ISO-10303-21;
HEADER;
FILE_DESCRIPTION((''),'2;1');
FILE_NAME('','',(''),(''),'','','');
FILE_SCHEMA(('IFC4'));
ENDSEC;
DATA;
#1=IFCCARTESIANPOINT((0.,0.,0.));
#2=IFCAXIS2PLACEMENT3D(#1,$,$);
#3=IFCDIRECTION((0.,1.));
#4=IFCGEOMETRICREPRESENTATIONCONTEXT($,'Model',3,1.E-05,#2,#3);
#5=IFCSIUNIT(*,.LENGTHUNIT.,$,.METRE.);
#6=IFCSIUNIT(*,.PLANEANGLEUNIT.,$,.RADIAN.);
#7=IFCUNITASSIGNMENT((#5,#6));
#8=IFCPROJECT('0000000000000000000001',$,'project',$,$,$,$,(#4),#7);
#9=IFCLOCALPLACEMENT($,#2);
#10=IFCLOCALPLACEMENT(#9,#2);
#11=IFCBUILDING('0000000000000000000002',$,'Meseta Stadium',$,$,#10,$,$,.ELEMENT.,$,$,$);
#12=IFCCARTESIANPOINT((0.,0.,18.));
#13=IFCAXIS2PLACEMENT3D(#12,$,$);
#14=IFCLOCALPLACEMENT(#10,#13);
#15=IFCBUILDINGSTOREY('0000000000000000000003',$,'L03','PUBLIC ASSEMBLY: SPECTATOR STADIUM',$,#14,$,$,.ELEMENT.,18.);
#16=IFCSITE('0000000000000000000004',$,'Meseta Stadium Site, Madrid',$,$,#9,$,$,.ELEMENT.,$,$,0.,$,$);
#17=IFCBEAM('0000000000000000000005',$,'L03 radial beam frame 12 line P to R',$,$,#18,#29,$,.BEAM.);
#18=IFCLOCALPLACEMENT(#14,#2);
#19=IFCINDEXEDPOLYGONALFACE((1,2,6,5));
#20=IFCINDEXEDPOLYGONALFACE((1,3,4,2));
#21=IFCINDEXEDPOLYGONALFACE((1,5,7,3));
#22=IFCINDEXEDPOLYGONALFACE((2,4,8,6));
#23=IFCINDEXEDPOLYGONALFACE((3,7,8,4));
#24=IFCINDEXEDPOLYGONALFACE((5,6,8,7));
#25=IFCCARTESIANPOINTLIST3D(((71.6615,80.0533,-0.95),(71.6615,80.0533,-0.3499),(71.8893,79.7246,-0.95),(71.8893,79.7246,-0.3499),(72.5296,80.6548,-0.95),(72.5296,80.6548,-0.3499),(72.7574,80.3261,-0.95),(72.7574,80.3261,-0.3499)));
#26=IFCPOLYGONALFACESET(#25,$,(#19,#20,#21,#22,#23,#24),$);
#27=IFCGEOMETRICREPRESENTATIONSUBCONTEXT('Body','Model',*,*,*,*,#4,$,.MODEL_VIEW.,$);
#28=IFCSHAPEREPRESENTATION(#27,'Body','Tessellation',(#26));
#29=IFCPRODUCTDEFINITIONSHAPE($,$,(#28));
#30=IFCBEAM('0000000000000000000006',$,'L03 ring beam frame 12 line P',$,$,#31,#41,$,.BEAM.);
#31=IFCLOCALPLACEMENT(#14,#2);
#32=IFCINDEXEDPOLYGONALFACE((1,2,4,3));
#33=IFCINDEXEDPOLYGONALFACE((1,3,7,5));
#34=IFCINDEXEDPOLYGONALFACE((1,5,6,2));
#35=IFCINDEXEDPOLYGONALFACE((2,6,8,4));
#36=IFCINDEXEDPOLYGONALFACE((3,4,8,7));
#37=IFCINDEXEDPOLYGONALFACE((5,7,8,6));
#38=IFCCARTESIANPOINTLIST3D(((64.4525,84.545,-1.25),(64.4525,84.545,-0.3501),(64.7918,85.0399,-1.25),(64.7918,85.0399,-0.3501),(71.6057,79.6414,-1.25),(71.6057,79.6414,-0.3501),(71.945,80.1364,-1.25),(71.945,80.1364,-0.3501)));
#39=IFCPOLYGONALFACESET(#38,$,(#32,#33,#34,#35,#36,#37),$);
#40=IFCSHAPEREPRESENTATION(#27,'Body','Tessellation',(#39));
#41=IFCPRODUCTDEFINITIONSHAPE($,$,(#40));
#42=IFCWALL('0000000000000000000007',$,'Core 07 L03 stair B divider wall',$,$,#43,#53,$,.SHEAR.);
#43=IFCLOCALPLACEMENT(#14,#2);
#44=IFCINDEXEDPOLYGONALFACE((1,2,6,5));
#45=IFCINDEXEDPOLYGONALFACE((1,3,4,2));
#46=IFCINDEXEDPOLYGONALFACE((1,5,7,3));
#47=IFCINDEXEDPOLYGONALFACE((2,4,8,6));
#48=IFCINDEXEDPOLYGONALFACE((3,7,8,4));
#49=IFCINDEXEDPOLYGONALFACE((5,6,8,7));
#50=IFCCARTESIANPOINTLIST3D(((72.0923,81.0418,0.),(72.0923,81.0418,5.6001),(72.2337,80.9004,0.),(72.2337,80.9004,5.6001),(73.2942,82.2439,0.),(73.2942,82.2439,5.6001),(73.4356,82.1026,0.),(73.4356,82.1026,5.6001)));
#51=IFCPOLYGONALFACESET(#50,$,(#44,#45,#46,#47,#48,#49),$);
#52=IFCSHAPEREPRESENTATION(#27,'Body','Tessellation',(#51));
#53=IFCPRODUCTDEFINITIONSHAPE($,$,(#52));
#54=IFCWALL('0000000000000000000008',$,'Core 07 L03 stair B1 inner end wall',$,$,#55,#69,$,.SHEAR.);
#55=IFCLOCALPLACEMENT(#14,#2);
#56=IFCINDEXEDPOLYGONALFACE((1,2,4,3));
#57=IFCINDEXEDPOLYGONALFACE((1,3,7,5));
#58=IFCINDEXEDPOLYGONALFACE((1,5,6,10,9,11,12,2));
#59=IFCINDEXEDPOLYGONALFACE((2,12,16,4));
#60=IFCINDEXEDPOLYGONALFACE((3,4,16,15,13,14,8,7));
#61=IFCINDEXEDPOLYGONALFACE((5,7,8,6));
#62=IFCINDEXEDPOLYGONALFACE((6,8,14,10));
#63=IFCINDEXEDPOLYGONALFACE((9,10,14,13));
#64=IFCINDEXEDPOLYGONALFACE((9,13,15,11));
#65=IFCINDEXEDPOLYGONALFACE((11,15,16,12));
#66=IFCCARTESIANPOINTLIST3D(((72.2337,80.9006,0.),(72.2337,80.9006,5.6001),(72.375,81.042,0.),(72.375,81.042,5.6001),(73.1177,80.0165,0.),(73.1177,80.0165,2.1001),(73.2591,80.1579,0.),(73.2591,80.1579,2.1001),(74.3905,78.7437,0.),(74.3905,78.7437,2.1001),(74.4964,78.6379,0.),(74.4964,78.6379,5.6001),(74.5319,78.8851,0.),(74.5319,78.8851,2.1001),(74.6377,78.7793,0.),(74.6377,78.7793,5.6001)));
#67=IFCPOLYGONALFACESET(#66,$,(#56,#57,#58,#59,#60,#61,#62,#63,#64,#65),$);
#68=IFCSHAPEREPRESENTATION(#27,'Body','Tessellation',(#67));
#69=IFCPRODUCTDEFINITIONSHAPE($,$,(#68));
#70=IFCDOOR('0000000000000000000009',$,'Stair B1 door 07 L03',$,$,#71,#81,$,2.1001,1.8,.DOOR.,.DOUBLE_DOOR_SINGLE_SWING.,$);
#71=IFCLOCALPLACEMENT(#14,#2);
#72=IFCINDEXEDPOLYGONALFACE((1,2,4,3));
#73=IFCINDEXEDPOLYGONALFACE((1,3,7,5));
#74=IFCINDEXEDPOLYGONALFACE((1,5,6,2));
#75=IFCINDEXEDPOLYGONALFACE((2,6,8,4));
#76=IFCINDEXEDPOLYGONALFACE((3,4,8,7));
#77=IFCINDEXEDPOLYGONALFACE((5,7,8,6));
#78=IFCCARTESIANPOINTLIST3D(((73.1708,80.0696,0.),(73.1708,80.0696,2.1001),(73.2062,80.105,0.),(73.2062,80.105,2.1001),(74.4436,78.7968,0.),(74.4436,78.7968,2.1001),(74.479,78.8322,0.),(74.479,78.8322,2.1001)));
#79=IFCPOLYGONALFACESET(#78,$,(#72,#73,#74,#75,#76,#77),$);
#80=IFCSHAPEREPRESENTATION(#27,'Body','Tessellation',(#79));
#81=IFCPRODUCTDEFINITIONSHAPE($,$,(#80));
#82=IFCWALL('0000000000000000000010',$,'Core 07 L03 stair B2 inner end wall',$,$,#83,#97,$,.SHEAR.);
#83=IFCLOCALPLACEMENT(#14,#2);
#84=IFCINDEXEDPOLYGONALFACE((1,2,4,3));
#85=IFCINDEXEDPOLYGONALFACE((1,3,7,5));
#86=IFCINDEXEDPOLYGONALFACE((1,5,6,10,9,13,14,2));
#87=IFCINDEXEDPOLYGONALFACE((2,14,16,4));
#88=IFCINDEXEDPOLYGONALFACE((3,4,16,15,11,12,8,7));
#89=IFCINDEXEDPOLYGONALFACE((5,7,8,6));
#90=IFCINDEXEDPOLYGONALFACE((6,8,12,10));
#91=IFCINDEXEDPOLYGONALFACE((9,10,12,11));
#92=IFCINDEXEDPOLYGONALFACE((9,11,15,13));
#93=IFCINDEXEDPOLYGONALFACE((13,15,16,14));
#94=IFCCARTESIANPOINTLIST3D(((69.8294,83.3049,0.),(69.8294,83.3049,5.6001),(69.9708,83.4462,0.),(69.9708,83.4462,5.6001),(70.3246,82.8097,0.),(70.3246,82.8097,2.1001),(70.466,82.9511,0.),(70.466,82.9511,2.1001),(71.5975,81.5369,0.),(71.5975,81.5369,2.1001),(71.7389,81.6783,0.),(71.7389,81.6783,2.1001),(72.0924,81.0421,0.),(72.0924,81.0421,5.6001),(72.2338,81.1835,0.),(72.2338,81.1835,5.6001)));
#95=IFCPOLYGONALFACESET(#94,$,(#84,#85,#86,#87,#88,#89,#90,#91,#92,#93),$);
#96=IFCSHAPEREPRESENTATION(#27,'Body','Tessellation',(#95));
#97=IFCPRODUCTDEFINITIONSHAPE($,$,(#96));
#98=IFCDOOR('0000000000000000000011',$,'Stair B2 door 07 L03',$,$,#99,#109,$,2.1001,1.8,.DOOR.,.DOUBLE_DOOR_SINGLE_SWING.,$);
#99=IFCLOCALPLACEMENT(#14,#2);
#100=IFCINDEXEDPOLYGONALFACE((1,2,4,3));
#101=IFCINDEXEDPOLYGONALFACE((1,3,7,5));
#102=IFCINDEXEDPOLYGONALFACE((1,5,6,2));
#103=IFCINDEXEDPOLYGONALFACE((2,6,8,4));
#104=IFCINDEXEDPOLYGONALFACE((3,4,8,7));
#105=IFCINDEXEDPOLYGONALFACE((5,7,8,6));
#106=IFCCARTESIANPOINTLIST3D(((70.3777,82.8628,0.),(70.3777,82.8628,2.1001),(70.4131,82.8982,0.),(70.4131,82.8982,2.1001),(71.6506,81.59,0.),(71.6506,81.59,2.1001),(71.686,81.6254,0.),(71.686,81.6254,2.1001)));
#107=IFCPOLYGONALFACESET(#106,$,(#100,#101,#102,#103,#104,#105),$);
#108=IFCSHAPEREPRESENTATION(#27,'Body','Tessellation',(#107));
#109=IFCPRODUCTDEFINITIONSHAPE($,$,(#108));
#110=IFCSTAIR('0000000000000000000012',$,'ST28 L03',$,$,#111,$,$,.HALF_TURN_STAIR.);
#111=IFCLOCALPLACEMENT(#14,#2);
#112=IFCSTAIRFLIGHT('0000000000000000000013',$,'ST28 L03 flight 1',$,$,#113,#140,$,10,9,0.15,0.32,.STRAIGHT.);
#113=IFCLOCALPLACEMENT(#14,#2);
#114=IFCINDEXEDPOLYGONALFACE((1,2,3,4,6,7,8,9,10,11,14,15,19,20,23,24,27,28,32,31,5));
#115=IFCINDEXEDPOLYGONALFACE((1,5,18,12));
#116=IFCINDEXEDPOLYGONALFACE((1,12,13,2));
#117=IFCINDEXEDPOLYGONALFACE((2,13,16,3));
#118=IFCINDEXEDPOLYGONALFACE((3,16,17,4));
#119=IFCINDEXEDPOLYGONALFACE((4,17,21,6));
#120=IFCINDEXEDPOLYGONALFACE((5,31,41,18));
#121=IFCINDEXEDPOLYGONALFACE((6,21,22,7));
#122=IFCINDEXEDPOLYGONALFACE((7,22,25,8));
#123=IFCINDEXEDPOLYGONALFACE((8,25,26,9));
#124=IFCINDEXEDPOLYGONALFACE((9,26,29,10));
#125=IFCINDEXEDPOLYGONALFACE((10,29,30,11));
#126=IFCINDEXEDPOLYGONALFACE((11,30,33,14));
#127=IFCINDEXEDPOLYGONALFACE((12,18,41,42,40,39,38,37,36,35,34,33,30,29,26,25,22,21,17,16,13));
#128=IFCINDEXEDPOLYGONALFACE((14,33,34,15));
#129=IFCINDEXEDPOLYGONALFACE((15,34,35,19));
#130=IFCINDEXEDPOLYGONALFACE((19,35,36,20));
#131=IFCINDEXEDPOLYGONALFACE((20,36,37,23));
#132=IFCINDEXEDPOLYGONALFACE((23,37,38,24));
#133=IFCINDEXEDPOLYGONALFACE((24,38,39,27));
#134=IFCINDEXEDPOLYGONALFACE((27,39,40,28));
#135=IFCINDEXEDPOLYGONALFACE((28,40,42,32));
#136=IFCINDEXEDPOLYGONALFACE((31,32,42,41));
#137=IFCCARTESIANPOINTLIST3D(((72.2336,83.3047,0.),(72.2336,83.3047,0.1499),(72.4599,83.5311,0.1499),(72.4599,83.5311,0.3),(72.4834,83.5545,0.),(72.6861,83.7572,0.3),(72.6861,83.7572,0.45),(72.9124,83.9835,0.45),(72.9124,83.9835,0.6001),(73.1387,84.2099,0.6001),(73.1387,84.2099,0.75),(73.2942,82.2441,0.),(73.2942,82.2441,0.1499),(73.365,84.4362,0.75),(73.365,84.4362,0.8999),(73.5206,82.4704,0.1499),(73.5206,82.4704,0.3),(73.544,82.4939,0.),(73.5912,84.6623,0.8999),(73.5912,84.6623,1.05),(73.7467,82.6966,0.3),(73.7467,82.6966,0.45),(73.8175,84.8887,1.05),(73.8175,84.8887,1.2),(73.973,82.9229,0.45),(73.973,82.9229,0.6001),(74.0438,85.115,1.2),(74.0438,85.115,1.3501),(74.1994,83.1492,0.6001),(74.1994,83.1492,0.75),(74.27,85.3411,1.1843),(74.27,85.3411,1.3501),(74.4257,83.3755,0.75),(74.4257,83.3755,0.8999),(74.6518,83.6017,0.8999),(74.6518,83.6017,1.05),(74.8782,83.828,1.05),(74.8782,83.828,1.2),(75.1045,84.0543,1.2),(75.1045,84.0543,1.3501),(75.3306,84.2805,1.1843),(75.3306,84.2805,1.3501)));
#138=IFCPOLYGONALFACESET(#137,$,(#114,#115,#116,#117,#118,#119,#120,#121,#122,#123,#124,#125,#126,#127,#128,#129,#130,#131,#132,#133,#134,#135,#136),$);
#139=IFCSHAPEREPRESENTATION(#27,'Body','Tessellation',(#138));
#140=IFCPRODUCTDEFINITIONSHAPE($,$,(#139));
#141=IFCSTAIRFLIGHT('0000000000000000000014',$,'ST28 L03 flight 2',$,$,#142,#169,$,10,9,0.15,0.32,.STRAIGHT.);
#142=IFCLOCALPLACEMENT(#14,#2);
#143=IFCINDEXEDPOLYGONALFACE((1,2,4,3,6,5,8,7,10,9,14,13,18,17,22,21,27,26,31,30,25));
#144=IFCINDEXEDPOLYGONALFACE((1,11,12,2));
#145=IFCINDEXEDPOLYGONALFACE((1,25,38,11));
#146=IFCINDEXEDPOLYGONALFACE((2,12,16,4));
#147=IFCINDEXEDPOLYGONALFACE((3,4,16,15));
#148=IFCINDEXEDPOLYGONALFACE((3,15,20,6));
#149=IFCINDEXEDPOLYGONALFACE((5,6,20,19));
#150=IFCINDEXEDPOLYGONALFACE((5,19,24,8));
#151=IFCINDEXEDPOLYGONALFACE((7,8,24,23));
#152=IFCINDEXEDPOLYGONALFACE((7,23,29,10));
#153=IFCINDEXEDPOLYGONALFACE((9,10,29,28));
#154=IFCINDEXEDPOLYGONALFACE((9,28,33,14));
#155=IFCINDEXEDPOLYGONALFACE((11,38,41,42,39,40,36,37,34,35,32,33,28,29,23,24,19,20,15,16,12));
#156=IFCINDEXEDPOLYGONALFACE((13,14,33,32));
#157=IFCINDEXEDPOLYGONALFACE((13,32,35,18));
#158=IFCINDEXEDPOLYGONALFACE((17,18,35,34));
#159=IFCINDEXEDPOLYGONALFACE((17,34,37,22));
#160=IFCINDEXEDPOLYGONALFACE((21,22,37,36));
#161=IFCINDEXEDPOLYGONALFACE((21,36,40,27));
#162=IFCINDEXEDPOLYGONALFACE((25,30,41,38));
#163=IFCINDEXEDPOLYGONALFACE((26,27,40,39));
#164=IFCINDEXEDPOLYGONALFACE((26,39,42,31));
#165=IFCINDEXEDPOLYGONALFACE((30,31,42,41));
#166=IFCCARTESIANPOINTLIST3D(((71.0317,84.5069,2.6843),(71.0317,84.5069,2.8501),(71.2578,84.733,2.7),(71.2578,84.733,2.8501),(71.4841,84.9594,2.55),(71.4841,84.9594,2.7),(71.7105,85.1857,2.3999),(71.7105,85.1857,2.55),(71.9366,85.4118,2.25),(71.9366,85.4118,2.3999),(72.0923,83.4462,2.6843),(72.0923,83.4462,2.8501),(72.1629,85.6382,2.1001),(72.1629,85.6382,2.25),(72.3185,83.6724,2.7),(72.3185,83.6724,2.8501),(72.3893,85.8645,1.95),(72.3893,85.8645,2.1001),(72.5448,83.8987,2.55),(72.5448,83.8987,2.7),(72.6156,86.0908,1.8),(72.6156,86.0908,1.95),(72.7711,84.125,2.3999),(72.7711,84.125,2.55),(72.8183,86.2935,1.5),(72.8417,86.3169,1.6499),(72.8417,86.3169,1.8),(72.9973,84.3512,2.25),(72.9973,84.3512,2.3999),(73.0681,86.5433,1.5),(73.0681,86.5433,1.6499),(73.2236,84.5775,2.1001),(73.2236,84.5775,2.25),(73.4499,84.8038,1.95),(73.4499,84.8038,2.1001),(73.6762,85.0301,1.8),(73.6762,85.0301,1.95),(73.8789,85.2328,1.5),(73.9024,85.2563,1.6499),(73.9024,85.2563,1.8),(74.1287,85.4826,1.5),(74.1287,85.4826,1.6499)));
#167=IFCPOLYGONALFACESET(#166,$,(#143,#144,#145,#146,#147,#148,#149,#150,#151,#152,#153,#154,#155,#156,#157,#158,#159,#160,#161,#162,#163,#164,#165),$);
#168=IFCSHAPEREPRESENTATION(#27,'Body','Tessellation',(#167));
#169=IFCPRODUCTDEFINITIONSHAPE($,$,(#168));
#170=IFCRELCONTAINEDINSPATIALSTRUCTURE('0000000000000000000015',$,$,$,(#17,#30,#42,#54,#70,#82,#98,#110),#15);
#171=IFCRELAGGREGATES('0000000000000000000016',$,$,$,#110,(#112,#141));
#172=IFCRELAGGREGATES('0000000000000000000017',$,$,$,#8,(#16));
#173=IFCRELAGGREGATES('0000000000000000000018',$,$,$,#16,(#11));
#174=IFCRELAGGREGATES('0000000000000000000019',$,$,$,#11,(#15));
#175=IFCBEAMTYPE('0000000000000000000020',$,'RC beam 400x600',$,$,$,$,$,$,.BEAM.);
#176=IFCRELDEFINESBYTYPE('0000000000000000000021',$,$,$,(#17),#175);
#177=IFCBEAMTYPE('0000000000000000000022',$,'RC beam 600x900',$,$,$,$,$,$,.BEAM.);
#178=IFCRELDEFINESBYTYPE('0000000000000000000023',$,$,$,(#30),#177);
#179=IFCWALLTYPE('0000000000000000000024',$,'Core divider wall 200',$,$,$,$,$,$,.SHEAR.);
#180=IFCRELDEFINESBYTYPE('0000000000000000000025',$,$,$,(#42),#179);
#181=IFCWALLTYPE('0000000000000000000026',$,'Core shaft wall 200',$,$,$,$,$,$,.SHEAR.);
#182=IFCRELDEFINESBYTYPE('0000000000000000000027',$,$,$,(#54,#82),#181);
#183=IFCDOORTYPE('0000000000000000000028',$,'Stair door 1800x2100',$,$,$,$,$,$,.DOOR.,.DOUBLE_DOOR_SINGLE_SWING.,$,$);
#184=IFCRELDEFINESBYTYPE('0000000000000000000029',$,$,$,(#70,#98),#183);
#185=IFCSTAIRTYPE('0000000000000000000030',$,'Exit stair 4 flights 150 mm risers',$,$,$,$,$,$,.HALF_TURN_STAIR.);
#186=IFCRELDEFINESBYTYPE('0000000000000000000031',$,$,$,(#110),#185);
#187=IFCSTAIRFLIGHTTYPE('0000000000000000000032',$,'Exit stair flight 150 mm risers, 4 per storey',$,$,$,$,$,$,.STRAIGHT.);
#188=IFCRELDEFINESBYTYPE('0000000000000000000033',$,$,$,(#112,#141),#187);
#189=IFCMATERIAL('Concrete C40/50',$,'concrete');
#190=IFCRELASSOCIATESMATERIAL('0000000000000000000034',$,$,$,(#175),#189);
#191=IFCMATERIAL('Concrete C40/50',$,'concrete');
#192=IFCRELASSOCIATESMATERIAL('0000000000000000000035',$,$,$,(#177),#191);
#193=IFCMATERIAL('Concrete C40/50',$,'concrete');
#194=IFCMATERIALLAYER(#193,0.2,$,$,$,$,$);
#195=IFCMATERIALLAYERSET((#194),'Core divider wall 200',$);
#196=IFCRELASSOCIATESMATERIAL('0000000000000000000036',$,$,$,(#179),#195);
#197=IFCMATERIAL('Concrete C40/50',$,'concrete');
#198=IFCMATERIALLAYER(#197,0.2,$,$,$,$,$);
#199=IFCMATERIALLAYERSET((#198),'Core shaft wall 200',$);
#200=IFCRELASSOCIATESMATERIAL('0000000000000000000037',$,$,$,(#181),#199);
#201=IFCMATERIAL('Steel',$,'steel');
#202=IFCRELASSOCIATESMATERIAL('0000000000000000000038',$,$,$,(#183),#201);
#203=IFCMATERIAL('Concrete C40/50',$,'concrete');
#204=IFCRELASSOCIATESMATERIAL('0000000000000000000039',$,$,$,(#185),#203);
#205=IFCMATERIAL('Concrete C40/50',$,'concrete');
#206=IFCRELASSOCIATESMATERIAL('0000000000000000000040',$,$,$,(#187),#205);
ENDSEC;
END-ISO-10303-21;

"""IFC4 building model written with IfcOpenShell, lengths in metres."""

from ifc_helpers import new_model, si_unit, direction, frame, frame_2d, origin, origin_2d, place, context, subcontext, project, spatial, polyline, rectangle, outline, extrude, material, layer, layer_set, material_profile, profile_set, type_object, element, fill, aggregate, save


model = new_model("IFC4")

# Units and contexts
model_context = context("Model", 3, precision=1e-05, world=origin(), true_north=direction((0.0, 1.0)))
body_context = subcontext(model_context, "Body", "Model", "MODEL_VIEW")
ifc_project = project(units=[si_unit("LENGTHUNIT", "METRE"), si_unit("PLANEANGLEUNIT", "RADIAN")], contexts=[model_context])

# Site, building, storey
site_placement = place(None, origin())
site = spatial("IfcSite", under=ifc_project, at=site_placement, Name="Meseta Stadium Site, Madrid", CompositionType="ELEMENT", RefElevation=0.0)
building_placement = place(site_placement, origin())
building = spatial("IfcBuilding", under=site, at=building_placement, Name="Meseta Stadium", CompositionType="ELEMENT")
storey_placement = place(building_placement, frame((0.0, 0.0, 18.0)))
storey = spatial("IfcBuildingStorey", under=building, at=storey_placement, Name="L03", Description="PUBLIC ASSEMBLY: SPECTATOR STADIUM", CompositionType="ELEMENT", Elevation=18.0)

# Beams
ifc_material_1 = material(Name="Concrete C40/50", Category="concrete")
ifc_material_profile_1 = material_profile(ifc_material_1, rectangle(XDim=0.3999, YDim=0.6001, at=origin_2d()), Name="RC 400x600")
ifc_profile_set_1 = profile_set([ifc_material_profile_1], Name="Concrete C40/50")
beam_type_1 = type_object("IfcBeamType", Name="RC beam 400x600", PredefinedType="BEAM", material=ifc_profile_set_1)
beam_1_placement = place(storey_placement, frame((71.7754, 79.8889, -0.6499), z_axis=(0.821959, 0.569546, 0.0), x_axis=(-0.569546, 0.821959, 0.0)))
element("IfcBeam", 1, at=beam_1_placement, inside=storey, type_object=beam_type_1, Name="L03 radial beam frame 12 line P to R", PredefinedType="BEAM", context=body_context, shape_type="SweptSolid", body=[
    extrude(rectangle(XDim=0.3999, YDim=0.6001, at=origin_2d()), origin(), (0.0, 0.0, 1.0), 1.0562),
])
ifc_material_2 = material(Name="Concrete C40/50", Category="concrete")
ifc_material_profile_2 = material_profile(ifc_material_2, rectangle(XDim=0.6001, YDim=0.8999, at=origin_2d()), Name="RC 600x900")
ifc_profile_set_2 = profile_set([ifc_material_profile_2], Name="Concrete C40/50")
beam_type_2 = type_object("IfcBeamType", Name="RC beam 600x900", PredefinedType="BEAM", material=ifc_profile_set_2)
beam_2_placement = place(storey_placement, frame((71.7754, 79.8889, -0.8), z_axis=(-0.824813, 0.565405, 0.0), x_axis=(-0.565405, -0.824813, 0.0)))
element("IfcBeam", 2, at=beam_2_placement, inside=storey, type_object=beam_type_2, Name="L03 ring beam frame 12 line P", PredefinedType="BEAM", context=body_context, shape_type="SweptSolid", body=[
    extrude(rectangle(XDim=0.6001, YDim=0.8999, at=origin_2d()), origin(), (0.0, 0.0, 1.0), 8.6726),
])

# Wall
ifc_material_3 = material(Name="Concrete C40/50", Category="concrete")
ifc_layer_1 = layer(ifc_material_3, 0.2)
ifc_layer_set_1 = layer_set([ifc_layer_1], Name="Core divider wall 200")
wall_type_1 = type_object("IfcWallType", Name="Core divider wall 200", PredefinedType="SHEAR", material=ifc_layer_set_1)
wall_1_placement = place(storey_placement, frame((73.365, 82.1733, 0.0), z_axis=(0.0, 0.0, 1.0), x_axis=(-0.707035, -0.707179, 0.0)))
element("IfcWall", 3, at=wall_1_placement, inside=storey, type_object=wall_type_1, Name="Core 07 L03 stair B divider wall", PredefinedType="SHEAR", context=body_context, shape_type="SweptSolid", body=[
    extrude(rectangle(XDim=1.7, YDim=0.2, at=frame_2d((0.8501, 0.0))), origin(), (0.0, 0.0, 1.0), 5.6001),
])

# Walls, openings, doors
ifc_material_4 = material(Name="Concrete C40/50", Category="concrete")
ifc_layer_2 = layer(ifc_material_4, 0.2)
ifc_layer_set_2 = layer_set([ifc_layer_2], Name="Core shaft wall 200")
wall_type_2 = type_object("IfcWallType", Name="Core shaft wall 200", PredefinedType="SHEAR", material=ifc_layer_set_2)
wall_2_placement = place(storey_placement, frame((74.5671, 78.7085, 0.0), z_axis=(0.0, 0.0, 1.0), x_axis=(-0.707107, 0.707107, 0.0)))
wall_2 = element("IfcWall", 4, at=wall_2_placement, inside=storey, type_object=wall_type_2, Name="Core 07 L03 stair B1 inner end wall", PredefinedType="SHEAR", context=body_context, shape_type="SweptSolid", body=[
    extrude(rectangle(XDim=3.2, YDim=0.2, at=frame_2d((1.6001, 0.0))), origin(), (0.0, 0.0, 1.0), 5.6001),
])
opening_1_placement = place(wall_2_placement, frame((0.1499, 0.0, 0.0)))
opening_1 = element("IfcOpeningElement", 5, at=opening_1_placement, cuts=wall_2, PredefinedType="OPENING", context=body_context, shape_type="SweptSolid", body=[
    extrude(rectangle(XDim=1.8, YDim=2.1001, at=frame_2d((0.8999, 1.05))), frame((0.0, 0.1099, 0.0), z_axis=(0.0, -1.0, 0.0), x_axis=(1.0, 0.0, 0.0)), (0.0, 0.0, 1.0), 0.22),
])
ifc_material_5 = material(Name="Steel", Category="steel")
door_type = type_object("IfcDoorType", Name="Stair door 1800x2100", OperationType="DOUBLE_DOOR_SINGLE_SWING", PredefinedType="DOOR", material=ifc_material_5)
door_1_placement = place(opening_1_placement, origin())
door_1 = element("IfcDoor", 6, at=door_1_placement, inside=storey, type_object=door_type, Name="Stair B1 door 07 L03", OperationType="DOUBLE_DOOR_SINGLE_SWING", OverallHeight=2.1001, OverallWidth=1.8, PredefinedType="DOOR", context=body_context, shape_type="SweptSolid", body=[
    extrude(rectangle(XDim=1.8, YDim=2.1001, at=frame_2d((0.8999, 1.05))), frame((0.0, 0.0249, 0.0), z_axis=(0.0, -1.0, 0.0), x_axis=(1.0, 0.0, 0.0)), (0.0, 0.0, 1.0), 0.05),
])
fill(opening_1, door_1)
wall_3_placement = place(storey_placement, frame((72.1631, 81.1128, 0.0), z_axis=(0.0, 0.0, 1.0), x_axis=(-0.707145, 0.707069, 0.0)))
wall_3 = element("IfcWall", 7, at=wall_3_placement, inside=storey, type_object=wall_type_2, Name="Core 07 L03 stair B2 inner end wall", PredefinedType="SHEAR", context=body_context, shape_type="SweptSolid", body=[
    extrude(rectangle(XDim=3.2002, YDim=0.2, at=frame_2d((1.6001, 0.0))), origin(), (0.0, 0.0, 1.0), 5.6001),
])
opening_2_placement = place(wall_3_placement, frame((0.7, 0.0, 0.0)))
opening_2 = element("IfcOpeningElement", 8, at=opening_2_placement, cuts=wall_3, PredefinedType="OPENING", context=body_context, shape_type="SweptSolid", body=[
    extrude(rectangle(XDim=1.8, YDim=2.1001, at=frame_2d((0.8999, 1.05))), frame((0.0, 0.1099, 0.0), z_axis=(0.0, -1.0, 0.0), x_axis=(1.0, 0.0, 0.0)), (0.0, 0.0, 1.0), 0.22),
])
door_2_placement = place(opening_2_placement, origin())
door_2 = element("IfcDoor", 9, at=door_2_placement, inside=storey, type_object=door_type, Name="Stair B2 door 07 L03", OperationType="DOUBLE_DOOR_SINGLE_SWING", OverallHeight=2.1001, OverallWidth=1.8, PredefinedType="DOOR", context=body_context, shape_type="SweptSolid", body=[
    extrude(rectangle(XDim=1.8, YDim=2.1001, at=frame_2d((0.8999, 1.05))), frame((0.0, 0.0249, 0.0), z_axis=(0.0, -1.0, 0.0), x_axis=(1.0, 0.0, 0.0)), (0.0, 0.0, 1.0), 0.05),
])
fill(opening_2, door_2)

# Stair, stair flights
ifc_material_6 = material(Name="Concrete C40/50", Category="concrete")
stair_type = type_object("IfcStairType", Name="Exit stair 4 flights 150 mm risers", PredefinedType="HALF_TURN_STAIR", material=ifc_material_6)
stair_placement = place(storey_placement, origin())
stair = element("IfcStair", 10, at=stair_placement, inside=storey, type_object=stair_type, Name="ST28 L03", PredefinedType="HALF_TURN_STAIR")
ifc_material_7 = material(Name="Concrete C40/50", Category="concrete")
stair_flight_type = type_object("IfcStairFlightType", Name="Exit stair flight 150 mm risers, 4 per storey", PredefinedType="STRAIGHT", material=ifc_material_7)
stair_flight_1_placement = place(storey_placement, frame((72.7639, 82.7744, 0.0), z_axis=(0.0, 0.0, 1.0), x_axis=(0.707107, 0.707107, 0.0)))
stair_flight_1 = element("IfcStairFlight", 11, at=stair_flight_1_placement, type_object=stair_flight_type, Name="ST28 L03 flight 1", NumberOfRisers=10, NumberOfTreads=9, PredefinedType="STRAIGHT", RiserHeight=0.15, TreadLength=0.32, context=body_context, shape_type="SweptSolid", body=[
    extrude(outline(polyline([(0.0, 0.0), (0.0, 0.1499), (0.3201, 0.1499), (0.3201, 0.3), (0.6399, 0.3), (0.6399, 0.45), (0.96, 0.45), (0.96, 0.6001), (1.28, 0.6001), (1.28, 0.75), (1.6001, 0.75), (1.6001, 0.8999), (1.9199, 0.8999), (1.9199, 1.05), (2.24, 1.05), (2.24, 1.2), (2.5601, 1.2), (2.5601, 1.3501), (2.8799, 1.3501), (2.8799, 1.1843), (0.3533, 0.0), (0.0, 0.0)])), frame((0.0, 0.75, 0.0), z_axis=(0.0, -1.0, 0.0), x_axis=(1.0, 0.0, 0.0)), (0.0, 0.0, 1.0), 1.5),
])
stair_flight_2_placement = place(storey_placement, frame((73.5984, 86.0129, 1.5), z_axis=(0.0, 0.0, 1.0), x_axis=(-0.707107, -0.707107, 0.0)))
stair_flight_2 = element("IfcStairFlight", 12, at=stair_flight_2_placement, type_object=stair_flight_type, Name="ST28 L03 flight 2", NumberOfRisers=10, NumberOfTreads=9, PredefinedType="STRAIGHT", RiserHeight=0.15, TreadLength=0.32, context=body_context, shape_type="SweptSolid", body=[
    extrude(outline(polyline([(0.0, 0.0), (0.0, 0.1499), (0.3201, 0.1499), (0.3201, 0.3), (0.6399, 0.3), (0.6399, 0.45), (0.96, 0.45), (0.96, 0.6001), (1.28, 0.6001), (1.28, 0.75), (1.6001, 0.75), (1.6001, 0.8999), (1.9199, 0.8999), (1.9199, 1.05), (2.24, 1.05), (2.24, 1.2), (2.5601, 1.2), (2.5601, 1.3501), (2.8799, 1.3501), (2.8799, 1.1843), (0.3533, 0.0), (0.0, 0.0)])), frame((0.0, 0.75, 0.0), z_axis=(0.0, -1.0, 0.0), x_axis=(1.0, 0.0, 0.0)), (0.0, 0.0, 1.0), 1.5),
])
aggregate(stair, [stair_flight_1, stair_flight_2])

save(model, "model.ifc")
